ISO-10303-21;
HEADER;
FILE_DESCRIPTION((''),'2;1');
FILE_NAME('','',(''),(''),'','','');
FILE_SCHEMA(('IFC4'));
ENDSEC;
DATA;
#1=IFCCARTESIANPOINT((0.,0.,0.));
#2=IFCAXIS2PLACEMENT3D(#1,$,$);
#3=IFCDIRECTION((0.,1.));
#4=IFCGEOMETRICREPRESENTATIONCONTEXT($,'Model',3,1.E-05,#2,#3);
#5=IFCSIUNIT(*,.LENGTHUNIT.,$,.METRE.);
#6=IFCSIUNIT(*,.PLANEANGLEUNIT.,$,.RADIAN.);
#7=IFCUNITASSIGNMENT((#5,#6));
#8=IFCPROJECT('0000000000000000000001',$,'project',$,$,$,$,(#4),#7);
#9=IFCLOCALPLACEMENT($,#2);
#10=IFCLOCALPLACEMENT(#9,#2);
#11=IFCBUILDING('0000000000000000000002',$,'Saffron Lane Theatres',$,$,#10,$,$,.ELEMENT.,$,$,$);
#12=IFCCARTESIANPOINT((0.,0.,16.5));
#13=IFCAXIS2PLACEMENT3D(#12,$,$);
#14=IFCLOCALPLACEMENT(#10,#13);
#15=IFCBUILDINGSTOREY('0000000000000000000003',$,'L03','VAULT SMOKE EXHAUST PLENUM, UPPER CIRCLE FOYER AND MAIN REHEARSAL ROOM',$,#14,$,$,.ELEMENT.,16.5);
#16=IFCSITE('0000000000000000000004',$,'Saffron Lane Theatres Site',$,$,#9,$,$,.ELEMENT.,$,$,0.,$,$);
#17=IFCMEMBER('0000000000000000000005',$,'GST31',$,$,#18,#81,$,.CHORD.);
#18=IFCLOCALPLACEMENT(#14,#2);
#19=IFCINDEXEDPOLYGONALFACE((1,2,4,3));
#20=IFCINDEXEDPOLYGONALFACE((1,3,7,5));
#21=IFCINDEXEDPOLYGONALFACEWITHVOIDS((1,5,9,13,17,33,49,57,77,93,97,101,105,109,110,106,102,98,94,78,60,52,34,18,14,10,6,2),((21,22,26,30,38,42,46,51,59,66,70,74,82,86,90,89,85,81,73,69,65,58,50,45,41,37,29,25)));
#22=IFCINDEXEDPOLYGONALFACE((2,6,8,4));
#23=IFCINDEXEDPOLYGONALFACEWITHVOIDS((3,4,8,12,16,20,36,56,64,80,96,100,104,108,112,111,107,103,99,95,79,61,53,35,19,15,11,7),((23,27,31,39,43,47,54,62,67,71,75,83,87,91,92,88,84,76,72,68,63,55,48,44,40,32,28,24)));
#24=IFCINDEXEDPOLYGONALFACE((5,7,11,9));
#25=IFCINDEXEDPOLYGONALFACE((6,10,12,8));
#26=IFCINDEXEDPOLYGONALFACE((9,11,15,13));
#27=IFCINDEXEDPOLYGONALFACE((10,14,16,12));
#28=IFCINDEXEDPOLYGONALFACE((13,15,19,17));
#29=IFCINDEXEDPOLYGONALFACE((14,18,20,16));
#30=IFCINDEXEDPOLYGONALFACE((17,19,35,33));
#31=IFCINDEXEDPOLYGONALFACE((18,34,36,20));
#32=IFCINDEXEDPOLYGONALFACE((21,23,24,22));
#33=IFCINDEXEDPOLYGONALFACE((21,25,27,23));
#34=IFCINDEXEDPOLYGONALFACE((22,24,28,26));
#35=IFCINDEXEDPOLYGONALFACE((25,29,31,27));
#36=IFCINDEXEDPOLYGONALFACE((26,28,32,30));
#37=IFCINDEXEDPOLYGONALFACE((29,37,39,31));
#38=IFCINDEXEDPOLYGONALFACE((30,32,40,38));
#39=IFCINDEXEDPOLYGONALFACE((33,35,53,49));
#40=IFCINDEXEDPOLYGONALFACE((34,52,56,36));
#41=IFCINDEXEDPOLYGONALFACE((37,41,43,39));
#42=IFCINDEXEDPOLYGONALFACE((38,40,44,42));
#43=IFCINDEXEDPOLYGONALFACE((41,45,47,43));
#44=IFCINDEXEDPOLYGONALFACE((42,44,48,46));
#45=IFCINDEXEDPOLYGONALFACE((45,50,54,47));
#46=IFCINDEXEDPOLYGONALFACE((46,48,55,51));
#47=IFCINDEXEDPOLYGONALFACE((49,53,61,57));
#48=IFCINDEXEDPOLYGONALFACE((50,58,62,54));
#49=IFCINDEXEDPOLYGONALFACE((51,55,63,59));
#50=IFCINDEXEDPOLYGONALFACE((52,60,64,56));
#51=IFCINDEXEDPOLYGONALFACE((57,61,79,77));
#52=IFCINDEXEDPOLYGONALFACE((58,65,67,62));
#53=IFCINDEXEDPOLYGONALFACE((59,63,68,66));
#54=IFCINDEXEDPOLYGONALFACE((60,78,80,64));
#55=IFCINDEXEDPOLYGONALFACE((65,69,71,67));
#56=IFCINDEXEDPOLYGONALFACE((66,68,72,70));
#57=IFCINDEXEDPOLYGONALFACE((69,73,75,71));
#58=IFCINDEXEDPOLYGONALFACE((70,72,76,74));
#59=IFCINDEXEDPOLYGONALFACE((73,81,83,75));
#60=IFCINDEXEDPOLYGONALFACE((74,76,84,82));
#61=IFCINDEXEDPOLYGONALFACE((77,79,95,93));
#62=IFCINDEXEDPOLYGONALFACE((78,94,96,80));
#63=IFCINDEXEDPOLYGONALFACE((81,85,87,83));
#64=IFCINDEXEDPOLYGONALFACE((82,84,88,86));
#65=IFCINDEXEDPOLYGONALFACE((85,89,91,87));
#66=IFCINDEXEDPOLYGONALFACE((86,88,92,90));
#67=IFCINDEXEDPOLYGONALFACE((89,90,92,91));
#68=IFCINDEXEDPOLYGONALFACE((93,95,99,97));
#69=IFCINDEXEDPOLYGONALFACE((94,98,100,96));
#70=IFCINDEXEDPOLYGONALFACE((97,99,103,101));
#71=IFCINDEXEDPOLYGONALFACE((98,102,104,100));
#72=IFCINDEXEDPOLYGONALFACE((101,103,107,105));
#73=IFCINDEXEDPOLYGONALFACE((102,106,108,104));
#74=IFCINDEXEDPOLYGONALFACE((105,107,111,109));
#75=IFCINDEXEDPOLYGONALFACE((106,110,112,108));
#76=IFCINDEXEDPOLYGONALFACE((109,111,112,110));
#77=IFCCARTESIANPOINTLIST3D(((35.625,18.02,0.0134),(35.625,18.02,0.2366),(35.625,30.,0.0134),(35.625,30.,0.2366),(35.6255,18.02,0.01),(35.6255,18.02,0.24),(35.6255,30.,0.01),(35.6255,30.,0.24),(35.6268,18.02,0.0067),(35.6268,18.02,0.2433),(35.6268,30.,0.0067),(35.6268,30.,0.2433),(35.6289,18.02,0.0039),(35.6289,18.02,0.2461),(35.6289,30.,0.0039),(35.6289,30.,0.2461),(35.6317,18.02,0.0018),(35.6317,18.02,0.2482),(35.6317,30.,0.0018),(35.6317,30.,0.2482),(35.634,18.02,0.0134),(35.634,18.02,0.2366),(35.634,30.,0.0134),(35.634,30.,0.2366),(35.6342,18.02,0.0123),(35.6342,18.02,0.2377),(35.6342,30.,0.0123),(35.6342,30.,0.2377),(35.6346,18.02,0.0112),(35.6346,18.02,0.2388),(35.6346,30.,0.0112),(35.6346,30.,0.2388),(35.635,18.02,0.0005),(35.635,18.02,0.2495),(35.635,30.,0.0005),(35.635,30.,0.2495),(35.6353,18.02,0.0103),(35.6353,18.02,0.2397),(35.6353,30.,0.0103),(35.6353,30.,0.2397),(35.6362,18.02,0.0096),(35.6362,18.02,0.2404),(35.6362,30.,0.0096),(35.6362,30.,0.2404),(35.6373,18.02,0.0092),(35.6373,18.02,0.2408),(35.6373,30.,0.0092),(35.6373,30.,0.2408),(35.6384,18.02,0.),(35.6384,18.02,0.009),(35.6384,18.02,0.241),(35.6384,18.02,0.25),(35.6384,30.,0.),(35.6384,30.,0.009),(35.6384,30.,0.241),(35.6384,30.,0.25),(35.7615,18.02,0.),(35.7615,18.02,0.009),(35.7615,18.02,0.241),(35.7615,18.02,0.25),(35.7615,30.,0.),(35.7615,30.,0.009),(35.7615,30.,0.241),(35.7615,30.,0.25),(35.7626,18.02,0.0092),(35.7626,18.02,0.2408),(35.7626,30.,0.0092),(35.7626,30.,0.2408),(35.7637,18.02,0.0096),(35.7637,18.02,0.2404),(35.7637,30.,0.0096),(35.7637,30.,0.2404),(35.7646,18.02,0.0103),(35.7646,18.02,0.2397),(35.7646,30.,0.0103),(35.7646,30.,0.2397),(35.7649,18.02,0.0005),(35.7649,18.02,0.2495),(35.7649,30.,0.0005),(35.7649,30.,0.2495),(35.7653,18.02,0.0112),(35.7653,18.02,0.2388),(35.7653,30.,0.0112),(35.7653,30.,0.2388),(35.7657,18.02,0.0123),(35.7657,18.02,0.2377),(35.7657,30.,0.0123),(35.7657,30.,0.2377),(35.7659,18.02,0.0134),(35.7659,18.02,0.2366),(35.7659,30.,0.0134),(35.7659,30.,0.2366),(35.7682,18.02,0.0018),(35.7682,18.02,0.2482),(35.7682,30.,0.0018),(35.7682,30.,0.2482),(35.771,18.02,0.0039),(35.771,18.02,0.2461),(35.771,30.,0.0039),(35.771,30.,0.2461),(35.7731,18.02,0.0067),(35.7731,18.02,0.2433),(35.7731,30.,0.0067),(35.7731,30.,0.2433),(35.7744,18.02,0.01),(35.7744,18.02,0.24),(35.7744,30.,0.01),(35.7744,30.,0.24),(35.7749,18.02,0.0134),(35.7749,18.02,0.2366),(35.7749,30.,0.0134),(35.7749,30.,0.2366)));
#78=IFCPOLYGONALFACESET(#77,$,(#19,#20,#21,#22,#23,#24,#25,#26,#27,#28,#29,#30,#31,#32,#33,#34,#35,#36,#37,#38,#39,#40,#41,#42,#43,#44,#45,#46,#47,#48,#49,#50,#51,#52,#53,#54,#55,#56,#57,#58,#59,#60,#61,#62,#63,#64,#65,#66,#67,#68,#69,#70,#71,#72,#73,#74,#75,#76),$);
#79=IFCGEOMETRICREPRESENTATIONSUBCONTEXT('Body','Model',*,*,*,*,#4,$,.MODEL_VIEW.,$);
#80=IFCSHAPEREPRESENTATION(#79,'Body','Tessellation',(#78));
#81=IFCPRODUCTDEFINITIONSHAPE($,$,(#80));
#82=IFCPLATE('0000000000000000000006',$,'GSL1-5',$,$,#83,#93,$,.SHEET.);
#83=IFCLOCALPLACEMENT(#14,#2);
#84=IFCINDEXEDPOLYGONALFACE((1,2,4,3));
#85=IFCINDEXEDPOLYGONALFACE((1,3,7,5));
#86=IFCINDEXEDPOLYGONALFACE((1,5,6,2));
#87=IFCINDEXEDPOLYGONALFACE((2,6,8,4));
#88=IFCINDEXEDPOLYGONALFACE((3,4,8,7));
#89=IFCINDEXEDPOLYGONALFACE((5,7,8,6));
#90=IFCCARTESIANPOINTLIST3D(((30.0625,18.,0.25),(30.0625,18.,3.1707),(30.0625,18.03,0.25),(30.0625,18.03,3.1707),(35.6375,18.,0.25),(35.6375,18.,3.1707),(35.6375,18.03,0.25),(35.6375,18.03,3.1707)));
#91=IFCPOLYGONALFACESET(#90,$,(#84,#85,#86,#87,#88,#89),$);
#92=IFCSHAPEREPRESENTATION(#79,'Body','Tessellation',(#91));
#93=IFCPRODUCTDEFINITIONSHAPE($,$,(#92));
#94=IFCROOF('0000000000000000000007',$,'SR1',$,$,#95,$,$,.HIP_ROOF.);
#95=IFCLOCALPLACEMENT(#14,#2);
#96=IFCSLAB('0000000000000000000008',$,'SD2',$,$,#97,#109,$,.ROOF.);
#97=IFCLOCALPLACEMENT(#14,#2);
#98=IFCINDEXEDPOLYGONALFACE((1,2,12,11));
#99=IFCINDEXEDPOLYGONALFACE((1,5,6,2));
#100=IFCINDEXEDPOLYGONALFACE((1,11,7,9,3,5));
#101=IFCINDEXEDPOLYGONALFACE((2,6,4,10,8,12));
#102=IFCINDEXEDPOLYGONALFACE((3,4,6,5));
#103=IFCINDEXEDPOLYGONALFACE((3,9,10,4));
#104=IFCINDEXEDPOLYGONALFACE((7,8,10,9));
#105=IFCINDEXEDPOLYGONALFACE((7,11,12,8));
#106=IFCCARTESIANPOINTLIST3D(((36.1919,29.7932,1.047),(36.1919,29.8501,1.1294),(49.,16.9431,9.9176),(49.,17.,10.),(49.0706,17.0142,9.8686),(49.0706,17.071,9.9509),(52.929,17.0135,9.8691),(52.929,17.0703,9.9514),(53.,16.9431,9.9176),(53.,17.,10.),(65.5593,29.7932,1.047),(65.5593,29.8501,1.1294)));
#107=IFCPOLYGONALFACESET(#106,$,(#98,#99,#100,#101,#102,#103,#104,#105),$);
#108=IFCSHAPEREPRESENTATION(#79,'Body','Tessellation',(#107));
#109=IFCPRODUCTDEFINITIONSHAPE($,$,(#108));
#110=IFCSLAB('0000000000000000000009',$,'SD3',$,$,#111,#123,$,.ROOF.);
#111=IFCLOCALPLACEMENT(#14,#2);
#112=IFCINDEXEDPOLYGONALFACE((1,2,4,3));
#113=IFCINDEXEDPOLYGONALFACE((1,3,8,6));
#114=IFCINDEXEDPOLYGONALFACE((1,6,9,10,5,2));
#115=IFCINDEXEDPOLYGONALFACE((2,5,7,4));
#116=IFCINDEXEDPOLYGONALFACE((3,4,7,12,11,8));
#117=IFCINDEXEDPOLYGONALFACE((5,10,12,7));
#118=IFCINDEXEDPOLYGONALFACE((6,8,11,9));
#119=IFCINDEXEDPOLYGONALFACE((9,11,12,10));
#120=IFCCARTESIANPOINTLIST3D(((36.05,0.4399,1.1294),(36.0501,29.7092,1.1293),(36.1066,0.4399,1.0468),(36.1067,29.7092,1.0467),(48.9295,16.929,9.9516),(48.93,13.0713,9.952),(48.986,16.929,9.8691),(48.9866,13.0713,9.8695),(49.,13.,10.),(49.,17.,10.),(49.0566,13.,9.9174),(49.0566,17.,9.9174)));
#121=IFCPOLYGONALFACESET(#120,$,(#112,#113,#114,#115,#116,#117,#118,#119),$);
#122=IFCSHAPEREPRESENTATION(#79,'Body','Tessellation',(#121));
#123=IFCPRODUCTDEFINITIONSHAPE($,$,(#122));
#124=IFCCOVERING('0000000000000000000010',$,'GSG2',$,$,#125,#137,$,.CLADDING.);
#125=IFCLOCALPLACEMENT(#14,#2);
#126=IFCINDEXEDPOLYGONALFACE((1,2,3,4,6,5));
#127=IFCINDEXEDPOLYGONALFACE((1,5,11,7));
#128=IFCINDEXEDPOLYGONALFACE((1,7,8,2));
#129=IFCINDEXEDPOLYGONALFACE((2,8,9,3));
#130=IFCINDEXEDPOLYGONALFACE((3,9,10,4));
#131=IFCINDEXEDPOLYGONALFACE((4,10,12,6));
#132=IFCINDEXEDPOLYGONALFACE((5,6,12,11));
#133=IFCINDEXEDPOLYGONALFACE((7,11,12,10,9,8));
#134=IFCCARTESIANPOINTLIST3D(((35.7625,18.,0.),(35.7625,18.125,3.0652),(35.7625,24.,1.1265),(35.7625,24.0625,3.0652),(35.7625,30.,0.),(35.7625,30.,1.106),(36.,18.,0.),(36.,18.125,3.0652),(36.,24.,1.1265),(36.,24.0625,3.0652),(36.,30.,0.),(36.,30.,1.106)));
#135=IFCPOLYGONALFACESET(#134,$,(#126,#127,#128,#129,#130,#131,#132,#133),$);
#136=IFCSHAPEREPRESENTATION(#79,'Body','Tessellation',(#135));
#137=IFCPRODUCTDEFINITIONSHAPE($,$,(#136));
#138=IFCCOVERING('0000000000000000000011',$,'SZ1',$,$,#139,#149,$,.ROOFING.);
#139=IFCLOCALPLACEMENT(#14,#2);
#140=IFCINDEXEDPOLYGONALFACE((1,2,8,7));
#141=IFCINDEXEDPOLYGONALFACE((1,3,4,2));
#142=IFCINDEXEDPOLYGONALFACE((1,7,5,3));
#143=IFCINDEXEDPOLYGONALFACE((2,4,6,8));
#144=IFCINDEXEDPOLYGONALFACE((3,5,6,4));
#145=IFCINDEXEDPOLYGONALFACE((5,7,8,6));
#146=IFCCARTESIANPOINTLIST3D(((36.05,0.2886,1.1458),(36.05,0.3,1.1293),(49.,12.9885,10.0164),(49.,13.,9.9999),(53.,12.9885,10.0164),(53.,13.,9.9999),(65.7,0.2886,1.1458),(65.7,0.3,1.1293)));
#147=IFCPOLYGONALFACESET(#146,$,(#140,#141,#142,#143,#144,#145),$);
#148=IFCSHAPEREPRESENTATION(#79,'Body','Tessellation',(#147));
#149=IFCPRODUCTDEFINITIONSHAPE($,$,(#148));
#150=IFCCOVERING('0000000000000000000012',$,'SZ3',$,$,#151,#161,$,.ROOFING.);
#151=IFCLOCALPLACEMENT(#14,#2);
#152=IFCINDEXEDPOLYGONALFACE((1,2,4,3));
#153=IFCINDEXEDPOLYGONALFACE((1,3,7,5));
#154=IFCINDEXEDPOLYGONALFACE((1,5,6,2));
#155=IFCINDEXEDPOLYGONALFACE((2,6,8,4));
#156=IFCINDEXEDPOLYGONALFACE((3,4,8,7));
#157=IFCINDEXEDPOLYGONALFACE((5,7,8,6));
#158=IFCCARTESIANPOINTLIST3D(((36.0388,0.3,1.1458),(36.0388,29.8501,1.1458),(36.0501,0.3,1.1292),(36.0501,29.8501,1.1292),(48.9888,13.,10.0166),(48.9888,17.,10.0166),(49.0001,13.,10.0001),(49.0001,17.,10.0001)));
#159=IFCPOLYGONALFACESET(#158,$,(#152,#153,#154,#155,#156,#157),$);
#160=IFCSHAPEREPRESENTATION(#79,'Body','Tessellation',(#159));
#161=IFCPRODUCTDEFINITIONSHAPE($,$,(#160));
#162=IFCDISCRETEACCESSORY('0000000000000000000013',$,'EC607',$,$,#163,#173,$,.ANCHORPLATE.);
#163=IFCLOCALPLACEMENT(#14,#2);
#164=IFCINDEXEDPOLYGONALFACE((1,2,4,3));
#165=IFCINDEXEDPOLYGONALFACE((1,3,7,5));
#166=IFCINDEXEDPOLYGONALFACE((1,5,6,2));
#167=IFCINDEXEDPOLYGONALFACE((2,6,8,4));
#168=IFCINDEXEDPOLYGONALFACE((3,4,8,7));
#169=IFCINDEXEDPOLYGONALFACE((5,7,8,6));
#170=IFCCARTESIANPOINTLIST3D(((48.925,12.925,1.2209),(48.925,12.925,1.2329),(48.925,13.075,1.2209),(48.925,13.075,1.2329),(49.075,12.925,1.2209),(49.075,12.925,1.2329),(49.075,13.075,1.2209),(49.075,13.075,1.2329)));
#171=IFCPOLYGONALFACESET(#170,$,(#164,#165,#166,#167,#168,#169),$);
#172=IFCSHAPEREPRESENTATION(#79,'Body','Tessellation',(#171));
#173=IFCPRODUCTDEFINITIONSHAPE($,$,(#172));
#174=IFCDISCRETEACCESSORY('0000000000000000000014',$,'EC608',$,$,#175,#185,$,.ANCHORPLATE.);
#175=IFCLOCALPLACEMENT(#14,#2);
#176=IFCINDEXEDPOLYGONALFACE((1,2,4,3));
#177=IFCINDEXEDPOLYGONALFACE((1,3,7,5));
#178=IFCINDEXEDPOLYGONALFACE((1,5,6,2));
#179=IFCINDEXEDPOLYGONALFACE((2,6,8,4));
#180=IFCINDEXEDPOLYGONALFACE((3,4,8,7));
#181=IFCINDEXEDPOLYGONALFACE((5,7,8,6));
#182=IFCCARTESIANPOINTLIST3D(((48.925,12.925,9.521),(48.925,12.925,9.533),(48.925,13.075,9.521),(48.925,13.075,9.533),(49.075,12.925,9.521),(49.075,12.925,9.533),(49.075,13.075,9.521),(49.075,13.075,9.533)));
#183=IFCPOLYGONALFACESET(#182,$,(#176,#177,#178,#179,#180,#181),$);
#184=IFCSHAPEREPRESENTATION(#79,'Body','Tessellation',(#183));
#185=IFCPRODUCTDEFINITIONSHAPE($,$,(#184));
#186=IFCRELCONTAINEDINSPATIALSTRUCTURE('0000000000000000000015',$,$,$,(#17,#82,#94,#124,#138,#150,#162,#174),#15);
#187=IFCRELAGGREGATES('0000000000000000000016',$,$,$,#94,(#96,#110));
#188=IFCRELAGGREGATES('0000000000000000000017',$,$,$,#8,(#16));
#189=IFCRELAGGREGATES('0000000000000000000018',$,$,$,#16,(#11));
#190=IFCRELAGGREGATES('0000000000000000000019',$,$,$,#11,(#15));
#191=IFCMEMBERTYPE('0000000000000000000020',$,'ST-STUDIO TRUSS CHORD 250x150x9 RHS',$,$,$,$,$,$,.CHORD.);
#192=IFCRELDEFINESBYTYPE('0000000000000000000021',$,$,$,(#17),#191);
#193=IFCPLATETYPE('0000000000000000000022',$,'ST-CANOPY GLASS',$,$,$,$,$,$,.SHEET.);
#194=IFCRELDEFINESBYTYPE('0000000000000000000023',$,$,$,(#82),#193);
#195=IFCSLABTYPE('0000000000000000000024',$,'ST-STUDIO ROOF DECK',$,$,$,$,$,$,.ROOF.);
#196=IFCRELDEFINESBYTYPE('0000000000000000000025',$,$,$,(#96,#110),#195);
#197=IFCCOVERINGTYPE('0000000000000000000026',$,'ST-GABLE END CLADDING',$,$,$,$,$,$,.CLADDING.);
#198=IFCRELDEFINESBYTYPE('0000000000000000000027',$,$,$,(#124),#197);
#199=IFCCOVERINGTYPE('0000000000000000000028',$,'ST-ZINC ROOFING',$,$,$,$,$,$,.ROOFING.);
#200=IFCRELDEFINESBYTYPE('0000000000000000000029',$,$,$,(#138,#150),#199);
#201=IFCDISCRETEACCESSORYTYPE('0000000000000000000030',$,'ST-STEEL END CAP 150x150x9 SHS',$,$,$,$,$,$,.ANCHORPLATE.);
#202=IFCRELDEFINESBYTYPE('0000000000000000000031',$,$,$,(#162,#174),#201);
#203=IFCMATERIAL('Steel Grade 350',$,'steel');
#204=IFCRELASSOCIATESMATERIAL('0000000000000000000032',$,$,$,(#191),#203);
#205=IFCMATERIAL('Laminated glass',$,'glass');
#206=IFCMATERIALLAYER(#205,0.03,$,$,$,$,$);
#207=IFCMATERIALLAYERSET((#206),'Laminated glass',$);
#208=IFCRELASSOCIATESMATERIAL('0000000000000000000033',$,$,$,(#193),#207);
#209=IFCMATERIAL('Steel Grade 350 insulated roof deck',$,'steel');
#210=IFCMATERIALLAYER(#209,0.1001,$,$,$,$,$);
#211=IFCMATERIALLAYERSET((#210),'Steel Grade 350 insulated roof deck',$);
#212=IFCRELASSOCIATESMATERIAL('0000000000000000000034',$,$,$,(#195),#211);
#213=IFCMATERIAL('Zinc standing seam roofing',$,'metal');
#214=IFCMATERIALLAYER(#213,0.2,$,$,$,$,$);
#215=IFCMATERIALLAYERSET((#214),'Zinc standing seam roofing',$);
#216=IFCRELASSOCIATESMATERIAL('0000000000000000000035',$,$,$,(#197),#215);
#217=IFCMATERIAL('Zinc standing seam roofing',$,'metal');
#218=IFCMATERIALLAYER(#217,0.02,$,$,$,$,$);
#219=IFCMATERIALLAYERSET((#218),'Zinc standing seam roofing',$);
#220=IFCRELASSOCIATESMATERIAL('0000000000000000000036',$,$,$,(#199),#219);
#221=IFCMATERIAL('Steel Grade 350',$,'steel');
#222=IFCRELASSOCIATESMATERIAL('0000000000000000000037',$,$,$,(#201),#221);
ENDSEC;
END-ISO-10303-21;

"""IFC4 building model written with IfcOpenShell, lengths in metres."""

from ifc_helpers import new_model, si_unit, direction, frame, origin, origin_2d, place, context, subcontext, project, spatial, polyline, rectangle, hollow_rectangle, outline, extrude, material, layer, layer_set, material_profile, profile_set, type_object, element, aggregate, save


model = new_model("IFC4")

# Units and contexts
model_context = context("Model", 3, precision=1e-05, world=origin(), true_north=direction((0.0, 1.0)))
body_context = subcontext(model_context, "Body", "Model", "MODEL_VIEW")
ifc_project = project(units=[si_unit("LENGTHUNIT", "METRE"), si_unit("PLANEANGLEUNIT", "RADIAN")], contexts=[model_context])

# Site, building, storey
site_placement = place(None, origin())
site = spatial("IfcSite", under=ifc_project, at=site_placement, Name="Saffron Lane Theatres Site", CompositionType="ELEMENT", RefElevation=0.0)
building_placement = place(site_placement, origin())
building = spatial("IfcBuilding", under=site, at=building_placement, Name="Saffron Lane Theatres", CompositionType="ELEMENT")
storey_placement = place(building_placement, frame((0.0, 0.0, 16.5)))
storey = spatial("IfcBuildingStorey", under=building, at=storey_placement, Name="L03", Description="VAULT SMOKE EXHAUST PLENUM, UPPER CIRCLE FOYER AND MAIN REHEARSAL ROOM", CompositionType="ELEMENT", Elevation=16.5)

# Member
ifc_material_1 = material(Name="Steel Grade 350", Category="steel")
ifc_material_profile_1 = material_profile(ifc_material_1, hollow_rectangle(XDim=0.1499, YDim=0.25, WallThickness=0.009, InnerFilletRadius=0.0044, OuterFilletRadius=0.0134, at=origin_2d()))
ifc_profile_set_1 = profile_set([ifc_material_profile_1], Name="Steel Grade 350")
member_type_1 = type_object("IfcMemberType", Name="ST-STUDIO TRUSS CHORD 250x150x9 RHS", PredefinedType="CHORD", material=ifc_profile_set_1)
member_1_placement = place(storey_placement, frame((35.7, 18.02, 0.125), z_axis=(0.0, 1.0, 0.0), x_axis=(-1.0, 0.0, 0.0)))
element("IfcMember", 1, at=member_1_placement, inside=storey, type_object=member_type_1, Name="GST31", PredefinedType="CHORD", context=body_context, shape_type="SweptSolid", body=[
    extrude(hollow_rectangle(XDim=0.1499, YDim=0.25, WallThickness=0.009, InnerFilletRadius=0.0044, OuterFilletRadius=0.0134, at=origin_2d()), origin(), (0.0, 0.0, 1.0), 11.98),
])

# Plate
ifc_material_2 = material(Name="Laminated glass", Category="glass")
ifc_layer_1 = layer(ifc_material_2, 0.03)
ifc_layer_set_1 = layer_set([ifc_layer_1], Name="Laminated glass")
plate_type = type_object("IfcPlateType", Name="ST-CANOPY GLASS", PredefinedType="SHEET", material=ifc_layer_set_1)
plate_placement = place(storey_placement, frame((35.6375, 18.0, 0.25), z_axis=(0.0, -1.0, 0.0), x_axis=(0.0, 0.0, 1.0)))
element("IfcPlate", 2, at=plate_placement, inside=storey, type_object=plate_type, Name="GSL1-5", PredefinedType="SHEET", context=body_context, shape_type="SweptSolid", body=[
    extrude(outline(polyline([(0.0, 0.0), (2.9207, 0.0), (2.9207, 5.575), (0.0, 5.575), (0.0, 0.0)])), origin(), (0.0, 0.0, -1.0), 0.03),
])

# Roof, slabs
roof_placement = place(storey_placement, origin())
roof = element("IfcRoof", 3, at=roof_placement, inside=storey, Name="SR1", PredefinedType="HIP_ROOF")
ifc_material_3 = material(Name="Steel Grade 350 insulated roof deck", Category="steel")
ifc_layer_2 = layer(ifc_material_3, 0.1001)
ifc_layer_set_2 = layer_set([ifc_layer_2], Name="Steel Grade 350 insulated roof deck")
slab_type = type_object("IfcSlabType", Name="ST-STUDIO ROOF DECK", PredefinedType="ROOF", material=ifc_layer_set_2)
slab_1_placement = place(storey_placement, frame((49.0706, 17.071, 9.9509), z_axis=(0.0, 0.568099, 0.82296), x_axis=(-0.638384, 0.633447, -0.437276)))
slab_1 = element("IfcSlab", 4, at=slab_1_placement, type_object=slab_type, Name="SD2", PredefinedType="ROOF", context=body_context, shape_type="SweptSolid", body=[
    extrude(outline(polyline([(0.0, 0.0), (20.1738, 0.0), (1.4261, -22.6046), (-2.4638, -2.9693), (-2.575, -2.9694), (-0.0214, 0.1094), (0.0, 0.0)])), origin(), (0.0, 0.0, -1.0), 0.1001),
])
slab_2_placement = place(storey_placement, frame((36.05, 0.4399, 1.1294), z_axis=(-0.565125, 0.000004, 0.825005), x_axis=(0.000002, 1.0, -0.000003)))
slab_2 = element("IfcSlab", 5, at=slab_2_placement, type_object=slab_type, Name="SD3", PredefinedType="ROOF", context=body_context, shape_type="SweptSolid", body=[
    extrude(outline(polyline([(0.0, 0.0), (29.2693, 0.0), (16.489, -15.6113), (16.5601, -15.6968), (12.5601, -15.6968), (12.6313, -15.6119), (0.0, 0.0)])), origin(), (0.0, 0.0, -1.0), 0.1001),
])
aggregate(roof, [slab_1, slab_2])

# Coverings
ifc_material_4 = material(Name="Zinc standing seam roofing", Category="metal")
ifc_layer_3 = layer(ifc_material_4, 0.2)
ifc_layer_set_3 = layer_set([ifc_layer_3], Name="Zinc standing seam roofing")
covering_type_1 = type_object("IfcCoveringType", Name="ST-GABLE END CLADDING", PredefinedType="CLADDING", material=ifc_layer_set_3)
covering_1_placement = place(storey_placement, frame((36.0, 18.0, 0.0), z_axis=(1.0, 0.0, 0.0), x_axis=(0.0, 1.0, 0.0)))
element("IfcCovering", 6, at=covering_1_placement, inside=storey, type_object=covering_type_1, Name="GSG2", PredefinedType="CLADDING", context=body_context, shape_type="SweptSolid", body=[
    extrude(outline(polyline([(0.0, 0.0), (12.0, 0.0), (12.0, 1.106), (6.0625, 3.0652), (6.0, 1.1265), (0.125, 3.0652), (0.0, 0.0)])), origin(), (0.0, 0.0, -1.0), 0.2375),
])
ifc_material_5 = material(Name="Zinc standing seam roofing", Category="metal")
ifc_layer_4 = layer(ifc_material_5, 0.02)
ifc_layer_set_4 = layer_set([ifc_layer_4], Name="Zinc standing seam roofing")
covering_type_2 = type_object("IfcCoveringType", Name="ST-ZINC ROOFING", PredefinedType="ROOFING", material=ifc_layer_set_4)
covering_2_placement = place(storey_placement, frame((36.05, 0.2886, 1.1458), z_axis=(0.0, -0.572623, 0.819819), x_axis=(1.0, 0.0, 0.0)))
element("IfcCovering", 7, at=covering_2_placement, inside=storey, type_object=covering_type_2, Name="SZ1", PredefinedType="ROOFING", context=body_context, shape_type="SweptSolid", body=[
    extrude(outline(polyline([(0.0, 0.0), (29.6499, 0.0), (16.95, 15.4912), (12.95, 15.4912), (0.0, 0.0)])), origin(), (0.0, 0.0, -1.0), 0.02),
])
covering_3_placement = place(storey_placement, frame((36.0388, 0.3, 1.1458), z_axis=(-0.565133, 0.0, 0.825), x_axis=(0.0, 1.0, 0.0)))
element("IfcCovering", 8, at=covering_3_placement, inside=storey, type_object=covering_type_2, Name="SZ3", PredefinedType="ROOFING", context=body_context, shape_type="SweptSolid", body=[
    extrude(outline(polyline([(0.0, 0.0), (29.55, 0.0), (16.7, -15.6969), (12.7, -15.6969), (0.0, 0.0)])), origin(), (0.0, 0.0, -1.0), 0.02),
])

# Discrete accessories
ifc_material_6 = material(Name="Steel Grade 350", Category="steel")
ifc_material_profile_2 = material_profile(ifc_material_6, rectangle(XDim=0.1499, YDim=0.1499, at=origin_2d()))
ifc_profile_set_2 = profile_set([ifc_material_profile_2], Name="Steel Grade 350")
discrete_accessory_type_1 = type_object("IfcDiscreteAccessoryType", Name="ST-STEEL END CAP 150x150x9 SHS", PredefinedType="ANCHORPLATE", material=ifc_profile_set_2)
for number, where, z_axis, x_axis, name in (
    (9, (49.0, 13.0, 1.2209), (0.0, 0.0, 1.0), (1.0, 0.0, 0.0), "EC607"),
    (10, (49.0, 13.0, 9.521), (0.0, 0.0, 1.0), (1.0, 0.0, 0.0), "EC608"),
):
    element("IfcDiscreteAccessory", number, at=place(storey_placement, frame(where, z_axis=z_axis, x_axis=x_axis)), inside=storey, type_object=discrete_accessory_type_1, Name=name, PredefinedType="ANCHORPLATE", context=body_context, shape_type="SweptSolid", body=[
        extrude(rectangle(XDim=0.1499, YDim=0.1499, at=origin_2d()), origin(), (0.0, 0.0, 1.0), 0.012),
    ])

save(model, "model.ifc")
